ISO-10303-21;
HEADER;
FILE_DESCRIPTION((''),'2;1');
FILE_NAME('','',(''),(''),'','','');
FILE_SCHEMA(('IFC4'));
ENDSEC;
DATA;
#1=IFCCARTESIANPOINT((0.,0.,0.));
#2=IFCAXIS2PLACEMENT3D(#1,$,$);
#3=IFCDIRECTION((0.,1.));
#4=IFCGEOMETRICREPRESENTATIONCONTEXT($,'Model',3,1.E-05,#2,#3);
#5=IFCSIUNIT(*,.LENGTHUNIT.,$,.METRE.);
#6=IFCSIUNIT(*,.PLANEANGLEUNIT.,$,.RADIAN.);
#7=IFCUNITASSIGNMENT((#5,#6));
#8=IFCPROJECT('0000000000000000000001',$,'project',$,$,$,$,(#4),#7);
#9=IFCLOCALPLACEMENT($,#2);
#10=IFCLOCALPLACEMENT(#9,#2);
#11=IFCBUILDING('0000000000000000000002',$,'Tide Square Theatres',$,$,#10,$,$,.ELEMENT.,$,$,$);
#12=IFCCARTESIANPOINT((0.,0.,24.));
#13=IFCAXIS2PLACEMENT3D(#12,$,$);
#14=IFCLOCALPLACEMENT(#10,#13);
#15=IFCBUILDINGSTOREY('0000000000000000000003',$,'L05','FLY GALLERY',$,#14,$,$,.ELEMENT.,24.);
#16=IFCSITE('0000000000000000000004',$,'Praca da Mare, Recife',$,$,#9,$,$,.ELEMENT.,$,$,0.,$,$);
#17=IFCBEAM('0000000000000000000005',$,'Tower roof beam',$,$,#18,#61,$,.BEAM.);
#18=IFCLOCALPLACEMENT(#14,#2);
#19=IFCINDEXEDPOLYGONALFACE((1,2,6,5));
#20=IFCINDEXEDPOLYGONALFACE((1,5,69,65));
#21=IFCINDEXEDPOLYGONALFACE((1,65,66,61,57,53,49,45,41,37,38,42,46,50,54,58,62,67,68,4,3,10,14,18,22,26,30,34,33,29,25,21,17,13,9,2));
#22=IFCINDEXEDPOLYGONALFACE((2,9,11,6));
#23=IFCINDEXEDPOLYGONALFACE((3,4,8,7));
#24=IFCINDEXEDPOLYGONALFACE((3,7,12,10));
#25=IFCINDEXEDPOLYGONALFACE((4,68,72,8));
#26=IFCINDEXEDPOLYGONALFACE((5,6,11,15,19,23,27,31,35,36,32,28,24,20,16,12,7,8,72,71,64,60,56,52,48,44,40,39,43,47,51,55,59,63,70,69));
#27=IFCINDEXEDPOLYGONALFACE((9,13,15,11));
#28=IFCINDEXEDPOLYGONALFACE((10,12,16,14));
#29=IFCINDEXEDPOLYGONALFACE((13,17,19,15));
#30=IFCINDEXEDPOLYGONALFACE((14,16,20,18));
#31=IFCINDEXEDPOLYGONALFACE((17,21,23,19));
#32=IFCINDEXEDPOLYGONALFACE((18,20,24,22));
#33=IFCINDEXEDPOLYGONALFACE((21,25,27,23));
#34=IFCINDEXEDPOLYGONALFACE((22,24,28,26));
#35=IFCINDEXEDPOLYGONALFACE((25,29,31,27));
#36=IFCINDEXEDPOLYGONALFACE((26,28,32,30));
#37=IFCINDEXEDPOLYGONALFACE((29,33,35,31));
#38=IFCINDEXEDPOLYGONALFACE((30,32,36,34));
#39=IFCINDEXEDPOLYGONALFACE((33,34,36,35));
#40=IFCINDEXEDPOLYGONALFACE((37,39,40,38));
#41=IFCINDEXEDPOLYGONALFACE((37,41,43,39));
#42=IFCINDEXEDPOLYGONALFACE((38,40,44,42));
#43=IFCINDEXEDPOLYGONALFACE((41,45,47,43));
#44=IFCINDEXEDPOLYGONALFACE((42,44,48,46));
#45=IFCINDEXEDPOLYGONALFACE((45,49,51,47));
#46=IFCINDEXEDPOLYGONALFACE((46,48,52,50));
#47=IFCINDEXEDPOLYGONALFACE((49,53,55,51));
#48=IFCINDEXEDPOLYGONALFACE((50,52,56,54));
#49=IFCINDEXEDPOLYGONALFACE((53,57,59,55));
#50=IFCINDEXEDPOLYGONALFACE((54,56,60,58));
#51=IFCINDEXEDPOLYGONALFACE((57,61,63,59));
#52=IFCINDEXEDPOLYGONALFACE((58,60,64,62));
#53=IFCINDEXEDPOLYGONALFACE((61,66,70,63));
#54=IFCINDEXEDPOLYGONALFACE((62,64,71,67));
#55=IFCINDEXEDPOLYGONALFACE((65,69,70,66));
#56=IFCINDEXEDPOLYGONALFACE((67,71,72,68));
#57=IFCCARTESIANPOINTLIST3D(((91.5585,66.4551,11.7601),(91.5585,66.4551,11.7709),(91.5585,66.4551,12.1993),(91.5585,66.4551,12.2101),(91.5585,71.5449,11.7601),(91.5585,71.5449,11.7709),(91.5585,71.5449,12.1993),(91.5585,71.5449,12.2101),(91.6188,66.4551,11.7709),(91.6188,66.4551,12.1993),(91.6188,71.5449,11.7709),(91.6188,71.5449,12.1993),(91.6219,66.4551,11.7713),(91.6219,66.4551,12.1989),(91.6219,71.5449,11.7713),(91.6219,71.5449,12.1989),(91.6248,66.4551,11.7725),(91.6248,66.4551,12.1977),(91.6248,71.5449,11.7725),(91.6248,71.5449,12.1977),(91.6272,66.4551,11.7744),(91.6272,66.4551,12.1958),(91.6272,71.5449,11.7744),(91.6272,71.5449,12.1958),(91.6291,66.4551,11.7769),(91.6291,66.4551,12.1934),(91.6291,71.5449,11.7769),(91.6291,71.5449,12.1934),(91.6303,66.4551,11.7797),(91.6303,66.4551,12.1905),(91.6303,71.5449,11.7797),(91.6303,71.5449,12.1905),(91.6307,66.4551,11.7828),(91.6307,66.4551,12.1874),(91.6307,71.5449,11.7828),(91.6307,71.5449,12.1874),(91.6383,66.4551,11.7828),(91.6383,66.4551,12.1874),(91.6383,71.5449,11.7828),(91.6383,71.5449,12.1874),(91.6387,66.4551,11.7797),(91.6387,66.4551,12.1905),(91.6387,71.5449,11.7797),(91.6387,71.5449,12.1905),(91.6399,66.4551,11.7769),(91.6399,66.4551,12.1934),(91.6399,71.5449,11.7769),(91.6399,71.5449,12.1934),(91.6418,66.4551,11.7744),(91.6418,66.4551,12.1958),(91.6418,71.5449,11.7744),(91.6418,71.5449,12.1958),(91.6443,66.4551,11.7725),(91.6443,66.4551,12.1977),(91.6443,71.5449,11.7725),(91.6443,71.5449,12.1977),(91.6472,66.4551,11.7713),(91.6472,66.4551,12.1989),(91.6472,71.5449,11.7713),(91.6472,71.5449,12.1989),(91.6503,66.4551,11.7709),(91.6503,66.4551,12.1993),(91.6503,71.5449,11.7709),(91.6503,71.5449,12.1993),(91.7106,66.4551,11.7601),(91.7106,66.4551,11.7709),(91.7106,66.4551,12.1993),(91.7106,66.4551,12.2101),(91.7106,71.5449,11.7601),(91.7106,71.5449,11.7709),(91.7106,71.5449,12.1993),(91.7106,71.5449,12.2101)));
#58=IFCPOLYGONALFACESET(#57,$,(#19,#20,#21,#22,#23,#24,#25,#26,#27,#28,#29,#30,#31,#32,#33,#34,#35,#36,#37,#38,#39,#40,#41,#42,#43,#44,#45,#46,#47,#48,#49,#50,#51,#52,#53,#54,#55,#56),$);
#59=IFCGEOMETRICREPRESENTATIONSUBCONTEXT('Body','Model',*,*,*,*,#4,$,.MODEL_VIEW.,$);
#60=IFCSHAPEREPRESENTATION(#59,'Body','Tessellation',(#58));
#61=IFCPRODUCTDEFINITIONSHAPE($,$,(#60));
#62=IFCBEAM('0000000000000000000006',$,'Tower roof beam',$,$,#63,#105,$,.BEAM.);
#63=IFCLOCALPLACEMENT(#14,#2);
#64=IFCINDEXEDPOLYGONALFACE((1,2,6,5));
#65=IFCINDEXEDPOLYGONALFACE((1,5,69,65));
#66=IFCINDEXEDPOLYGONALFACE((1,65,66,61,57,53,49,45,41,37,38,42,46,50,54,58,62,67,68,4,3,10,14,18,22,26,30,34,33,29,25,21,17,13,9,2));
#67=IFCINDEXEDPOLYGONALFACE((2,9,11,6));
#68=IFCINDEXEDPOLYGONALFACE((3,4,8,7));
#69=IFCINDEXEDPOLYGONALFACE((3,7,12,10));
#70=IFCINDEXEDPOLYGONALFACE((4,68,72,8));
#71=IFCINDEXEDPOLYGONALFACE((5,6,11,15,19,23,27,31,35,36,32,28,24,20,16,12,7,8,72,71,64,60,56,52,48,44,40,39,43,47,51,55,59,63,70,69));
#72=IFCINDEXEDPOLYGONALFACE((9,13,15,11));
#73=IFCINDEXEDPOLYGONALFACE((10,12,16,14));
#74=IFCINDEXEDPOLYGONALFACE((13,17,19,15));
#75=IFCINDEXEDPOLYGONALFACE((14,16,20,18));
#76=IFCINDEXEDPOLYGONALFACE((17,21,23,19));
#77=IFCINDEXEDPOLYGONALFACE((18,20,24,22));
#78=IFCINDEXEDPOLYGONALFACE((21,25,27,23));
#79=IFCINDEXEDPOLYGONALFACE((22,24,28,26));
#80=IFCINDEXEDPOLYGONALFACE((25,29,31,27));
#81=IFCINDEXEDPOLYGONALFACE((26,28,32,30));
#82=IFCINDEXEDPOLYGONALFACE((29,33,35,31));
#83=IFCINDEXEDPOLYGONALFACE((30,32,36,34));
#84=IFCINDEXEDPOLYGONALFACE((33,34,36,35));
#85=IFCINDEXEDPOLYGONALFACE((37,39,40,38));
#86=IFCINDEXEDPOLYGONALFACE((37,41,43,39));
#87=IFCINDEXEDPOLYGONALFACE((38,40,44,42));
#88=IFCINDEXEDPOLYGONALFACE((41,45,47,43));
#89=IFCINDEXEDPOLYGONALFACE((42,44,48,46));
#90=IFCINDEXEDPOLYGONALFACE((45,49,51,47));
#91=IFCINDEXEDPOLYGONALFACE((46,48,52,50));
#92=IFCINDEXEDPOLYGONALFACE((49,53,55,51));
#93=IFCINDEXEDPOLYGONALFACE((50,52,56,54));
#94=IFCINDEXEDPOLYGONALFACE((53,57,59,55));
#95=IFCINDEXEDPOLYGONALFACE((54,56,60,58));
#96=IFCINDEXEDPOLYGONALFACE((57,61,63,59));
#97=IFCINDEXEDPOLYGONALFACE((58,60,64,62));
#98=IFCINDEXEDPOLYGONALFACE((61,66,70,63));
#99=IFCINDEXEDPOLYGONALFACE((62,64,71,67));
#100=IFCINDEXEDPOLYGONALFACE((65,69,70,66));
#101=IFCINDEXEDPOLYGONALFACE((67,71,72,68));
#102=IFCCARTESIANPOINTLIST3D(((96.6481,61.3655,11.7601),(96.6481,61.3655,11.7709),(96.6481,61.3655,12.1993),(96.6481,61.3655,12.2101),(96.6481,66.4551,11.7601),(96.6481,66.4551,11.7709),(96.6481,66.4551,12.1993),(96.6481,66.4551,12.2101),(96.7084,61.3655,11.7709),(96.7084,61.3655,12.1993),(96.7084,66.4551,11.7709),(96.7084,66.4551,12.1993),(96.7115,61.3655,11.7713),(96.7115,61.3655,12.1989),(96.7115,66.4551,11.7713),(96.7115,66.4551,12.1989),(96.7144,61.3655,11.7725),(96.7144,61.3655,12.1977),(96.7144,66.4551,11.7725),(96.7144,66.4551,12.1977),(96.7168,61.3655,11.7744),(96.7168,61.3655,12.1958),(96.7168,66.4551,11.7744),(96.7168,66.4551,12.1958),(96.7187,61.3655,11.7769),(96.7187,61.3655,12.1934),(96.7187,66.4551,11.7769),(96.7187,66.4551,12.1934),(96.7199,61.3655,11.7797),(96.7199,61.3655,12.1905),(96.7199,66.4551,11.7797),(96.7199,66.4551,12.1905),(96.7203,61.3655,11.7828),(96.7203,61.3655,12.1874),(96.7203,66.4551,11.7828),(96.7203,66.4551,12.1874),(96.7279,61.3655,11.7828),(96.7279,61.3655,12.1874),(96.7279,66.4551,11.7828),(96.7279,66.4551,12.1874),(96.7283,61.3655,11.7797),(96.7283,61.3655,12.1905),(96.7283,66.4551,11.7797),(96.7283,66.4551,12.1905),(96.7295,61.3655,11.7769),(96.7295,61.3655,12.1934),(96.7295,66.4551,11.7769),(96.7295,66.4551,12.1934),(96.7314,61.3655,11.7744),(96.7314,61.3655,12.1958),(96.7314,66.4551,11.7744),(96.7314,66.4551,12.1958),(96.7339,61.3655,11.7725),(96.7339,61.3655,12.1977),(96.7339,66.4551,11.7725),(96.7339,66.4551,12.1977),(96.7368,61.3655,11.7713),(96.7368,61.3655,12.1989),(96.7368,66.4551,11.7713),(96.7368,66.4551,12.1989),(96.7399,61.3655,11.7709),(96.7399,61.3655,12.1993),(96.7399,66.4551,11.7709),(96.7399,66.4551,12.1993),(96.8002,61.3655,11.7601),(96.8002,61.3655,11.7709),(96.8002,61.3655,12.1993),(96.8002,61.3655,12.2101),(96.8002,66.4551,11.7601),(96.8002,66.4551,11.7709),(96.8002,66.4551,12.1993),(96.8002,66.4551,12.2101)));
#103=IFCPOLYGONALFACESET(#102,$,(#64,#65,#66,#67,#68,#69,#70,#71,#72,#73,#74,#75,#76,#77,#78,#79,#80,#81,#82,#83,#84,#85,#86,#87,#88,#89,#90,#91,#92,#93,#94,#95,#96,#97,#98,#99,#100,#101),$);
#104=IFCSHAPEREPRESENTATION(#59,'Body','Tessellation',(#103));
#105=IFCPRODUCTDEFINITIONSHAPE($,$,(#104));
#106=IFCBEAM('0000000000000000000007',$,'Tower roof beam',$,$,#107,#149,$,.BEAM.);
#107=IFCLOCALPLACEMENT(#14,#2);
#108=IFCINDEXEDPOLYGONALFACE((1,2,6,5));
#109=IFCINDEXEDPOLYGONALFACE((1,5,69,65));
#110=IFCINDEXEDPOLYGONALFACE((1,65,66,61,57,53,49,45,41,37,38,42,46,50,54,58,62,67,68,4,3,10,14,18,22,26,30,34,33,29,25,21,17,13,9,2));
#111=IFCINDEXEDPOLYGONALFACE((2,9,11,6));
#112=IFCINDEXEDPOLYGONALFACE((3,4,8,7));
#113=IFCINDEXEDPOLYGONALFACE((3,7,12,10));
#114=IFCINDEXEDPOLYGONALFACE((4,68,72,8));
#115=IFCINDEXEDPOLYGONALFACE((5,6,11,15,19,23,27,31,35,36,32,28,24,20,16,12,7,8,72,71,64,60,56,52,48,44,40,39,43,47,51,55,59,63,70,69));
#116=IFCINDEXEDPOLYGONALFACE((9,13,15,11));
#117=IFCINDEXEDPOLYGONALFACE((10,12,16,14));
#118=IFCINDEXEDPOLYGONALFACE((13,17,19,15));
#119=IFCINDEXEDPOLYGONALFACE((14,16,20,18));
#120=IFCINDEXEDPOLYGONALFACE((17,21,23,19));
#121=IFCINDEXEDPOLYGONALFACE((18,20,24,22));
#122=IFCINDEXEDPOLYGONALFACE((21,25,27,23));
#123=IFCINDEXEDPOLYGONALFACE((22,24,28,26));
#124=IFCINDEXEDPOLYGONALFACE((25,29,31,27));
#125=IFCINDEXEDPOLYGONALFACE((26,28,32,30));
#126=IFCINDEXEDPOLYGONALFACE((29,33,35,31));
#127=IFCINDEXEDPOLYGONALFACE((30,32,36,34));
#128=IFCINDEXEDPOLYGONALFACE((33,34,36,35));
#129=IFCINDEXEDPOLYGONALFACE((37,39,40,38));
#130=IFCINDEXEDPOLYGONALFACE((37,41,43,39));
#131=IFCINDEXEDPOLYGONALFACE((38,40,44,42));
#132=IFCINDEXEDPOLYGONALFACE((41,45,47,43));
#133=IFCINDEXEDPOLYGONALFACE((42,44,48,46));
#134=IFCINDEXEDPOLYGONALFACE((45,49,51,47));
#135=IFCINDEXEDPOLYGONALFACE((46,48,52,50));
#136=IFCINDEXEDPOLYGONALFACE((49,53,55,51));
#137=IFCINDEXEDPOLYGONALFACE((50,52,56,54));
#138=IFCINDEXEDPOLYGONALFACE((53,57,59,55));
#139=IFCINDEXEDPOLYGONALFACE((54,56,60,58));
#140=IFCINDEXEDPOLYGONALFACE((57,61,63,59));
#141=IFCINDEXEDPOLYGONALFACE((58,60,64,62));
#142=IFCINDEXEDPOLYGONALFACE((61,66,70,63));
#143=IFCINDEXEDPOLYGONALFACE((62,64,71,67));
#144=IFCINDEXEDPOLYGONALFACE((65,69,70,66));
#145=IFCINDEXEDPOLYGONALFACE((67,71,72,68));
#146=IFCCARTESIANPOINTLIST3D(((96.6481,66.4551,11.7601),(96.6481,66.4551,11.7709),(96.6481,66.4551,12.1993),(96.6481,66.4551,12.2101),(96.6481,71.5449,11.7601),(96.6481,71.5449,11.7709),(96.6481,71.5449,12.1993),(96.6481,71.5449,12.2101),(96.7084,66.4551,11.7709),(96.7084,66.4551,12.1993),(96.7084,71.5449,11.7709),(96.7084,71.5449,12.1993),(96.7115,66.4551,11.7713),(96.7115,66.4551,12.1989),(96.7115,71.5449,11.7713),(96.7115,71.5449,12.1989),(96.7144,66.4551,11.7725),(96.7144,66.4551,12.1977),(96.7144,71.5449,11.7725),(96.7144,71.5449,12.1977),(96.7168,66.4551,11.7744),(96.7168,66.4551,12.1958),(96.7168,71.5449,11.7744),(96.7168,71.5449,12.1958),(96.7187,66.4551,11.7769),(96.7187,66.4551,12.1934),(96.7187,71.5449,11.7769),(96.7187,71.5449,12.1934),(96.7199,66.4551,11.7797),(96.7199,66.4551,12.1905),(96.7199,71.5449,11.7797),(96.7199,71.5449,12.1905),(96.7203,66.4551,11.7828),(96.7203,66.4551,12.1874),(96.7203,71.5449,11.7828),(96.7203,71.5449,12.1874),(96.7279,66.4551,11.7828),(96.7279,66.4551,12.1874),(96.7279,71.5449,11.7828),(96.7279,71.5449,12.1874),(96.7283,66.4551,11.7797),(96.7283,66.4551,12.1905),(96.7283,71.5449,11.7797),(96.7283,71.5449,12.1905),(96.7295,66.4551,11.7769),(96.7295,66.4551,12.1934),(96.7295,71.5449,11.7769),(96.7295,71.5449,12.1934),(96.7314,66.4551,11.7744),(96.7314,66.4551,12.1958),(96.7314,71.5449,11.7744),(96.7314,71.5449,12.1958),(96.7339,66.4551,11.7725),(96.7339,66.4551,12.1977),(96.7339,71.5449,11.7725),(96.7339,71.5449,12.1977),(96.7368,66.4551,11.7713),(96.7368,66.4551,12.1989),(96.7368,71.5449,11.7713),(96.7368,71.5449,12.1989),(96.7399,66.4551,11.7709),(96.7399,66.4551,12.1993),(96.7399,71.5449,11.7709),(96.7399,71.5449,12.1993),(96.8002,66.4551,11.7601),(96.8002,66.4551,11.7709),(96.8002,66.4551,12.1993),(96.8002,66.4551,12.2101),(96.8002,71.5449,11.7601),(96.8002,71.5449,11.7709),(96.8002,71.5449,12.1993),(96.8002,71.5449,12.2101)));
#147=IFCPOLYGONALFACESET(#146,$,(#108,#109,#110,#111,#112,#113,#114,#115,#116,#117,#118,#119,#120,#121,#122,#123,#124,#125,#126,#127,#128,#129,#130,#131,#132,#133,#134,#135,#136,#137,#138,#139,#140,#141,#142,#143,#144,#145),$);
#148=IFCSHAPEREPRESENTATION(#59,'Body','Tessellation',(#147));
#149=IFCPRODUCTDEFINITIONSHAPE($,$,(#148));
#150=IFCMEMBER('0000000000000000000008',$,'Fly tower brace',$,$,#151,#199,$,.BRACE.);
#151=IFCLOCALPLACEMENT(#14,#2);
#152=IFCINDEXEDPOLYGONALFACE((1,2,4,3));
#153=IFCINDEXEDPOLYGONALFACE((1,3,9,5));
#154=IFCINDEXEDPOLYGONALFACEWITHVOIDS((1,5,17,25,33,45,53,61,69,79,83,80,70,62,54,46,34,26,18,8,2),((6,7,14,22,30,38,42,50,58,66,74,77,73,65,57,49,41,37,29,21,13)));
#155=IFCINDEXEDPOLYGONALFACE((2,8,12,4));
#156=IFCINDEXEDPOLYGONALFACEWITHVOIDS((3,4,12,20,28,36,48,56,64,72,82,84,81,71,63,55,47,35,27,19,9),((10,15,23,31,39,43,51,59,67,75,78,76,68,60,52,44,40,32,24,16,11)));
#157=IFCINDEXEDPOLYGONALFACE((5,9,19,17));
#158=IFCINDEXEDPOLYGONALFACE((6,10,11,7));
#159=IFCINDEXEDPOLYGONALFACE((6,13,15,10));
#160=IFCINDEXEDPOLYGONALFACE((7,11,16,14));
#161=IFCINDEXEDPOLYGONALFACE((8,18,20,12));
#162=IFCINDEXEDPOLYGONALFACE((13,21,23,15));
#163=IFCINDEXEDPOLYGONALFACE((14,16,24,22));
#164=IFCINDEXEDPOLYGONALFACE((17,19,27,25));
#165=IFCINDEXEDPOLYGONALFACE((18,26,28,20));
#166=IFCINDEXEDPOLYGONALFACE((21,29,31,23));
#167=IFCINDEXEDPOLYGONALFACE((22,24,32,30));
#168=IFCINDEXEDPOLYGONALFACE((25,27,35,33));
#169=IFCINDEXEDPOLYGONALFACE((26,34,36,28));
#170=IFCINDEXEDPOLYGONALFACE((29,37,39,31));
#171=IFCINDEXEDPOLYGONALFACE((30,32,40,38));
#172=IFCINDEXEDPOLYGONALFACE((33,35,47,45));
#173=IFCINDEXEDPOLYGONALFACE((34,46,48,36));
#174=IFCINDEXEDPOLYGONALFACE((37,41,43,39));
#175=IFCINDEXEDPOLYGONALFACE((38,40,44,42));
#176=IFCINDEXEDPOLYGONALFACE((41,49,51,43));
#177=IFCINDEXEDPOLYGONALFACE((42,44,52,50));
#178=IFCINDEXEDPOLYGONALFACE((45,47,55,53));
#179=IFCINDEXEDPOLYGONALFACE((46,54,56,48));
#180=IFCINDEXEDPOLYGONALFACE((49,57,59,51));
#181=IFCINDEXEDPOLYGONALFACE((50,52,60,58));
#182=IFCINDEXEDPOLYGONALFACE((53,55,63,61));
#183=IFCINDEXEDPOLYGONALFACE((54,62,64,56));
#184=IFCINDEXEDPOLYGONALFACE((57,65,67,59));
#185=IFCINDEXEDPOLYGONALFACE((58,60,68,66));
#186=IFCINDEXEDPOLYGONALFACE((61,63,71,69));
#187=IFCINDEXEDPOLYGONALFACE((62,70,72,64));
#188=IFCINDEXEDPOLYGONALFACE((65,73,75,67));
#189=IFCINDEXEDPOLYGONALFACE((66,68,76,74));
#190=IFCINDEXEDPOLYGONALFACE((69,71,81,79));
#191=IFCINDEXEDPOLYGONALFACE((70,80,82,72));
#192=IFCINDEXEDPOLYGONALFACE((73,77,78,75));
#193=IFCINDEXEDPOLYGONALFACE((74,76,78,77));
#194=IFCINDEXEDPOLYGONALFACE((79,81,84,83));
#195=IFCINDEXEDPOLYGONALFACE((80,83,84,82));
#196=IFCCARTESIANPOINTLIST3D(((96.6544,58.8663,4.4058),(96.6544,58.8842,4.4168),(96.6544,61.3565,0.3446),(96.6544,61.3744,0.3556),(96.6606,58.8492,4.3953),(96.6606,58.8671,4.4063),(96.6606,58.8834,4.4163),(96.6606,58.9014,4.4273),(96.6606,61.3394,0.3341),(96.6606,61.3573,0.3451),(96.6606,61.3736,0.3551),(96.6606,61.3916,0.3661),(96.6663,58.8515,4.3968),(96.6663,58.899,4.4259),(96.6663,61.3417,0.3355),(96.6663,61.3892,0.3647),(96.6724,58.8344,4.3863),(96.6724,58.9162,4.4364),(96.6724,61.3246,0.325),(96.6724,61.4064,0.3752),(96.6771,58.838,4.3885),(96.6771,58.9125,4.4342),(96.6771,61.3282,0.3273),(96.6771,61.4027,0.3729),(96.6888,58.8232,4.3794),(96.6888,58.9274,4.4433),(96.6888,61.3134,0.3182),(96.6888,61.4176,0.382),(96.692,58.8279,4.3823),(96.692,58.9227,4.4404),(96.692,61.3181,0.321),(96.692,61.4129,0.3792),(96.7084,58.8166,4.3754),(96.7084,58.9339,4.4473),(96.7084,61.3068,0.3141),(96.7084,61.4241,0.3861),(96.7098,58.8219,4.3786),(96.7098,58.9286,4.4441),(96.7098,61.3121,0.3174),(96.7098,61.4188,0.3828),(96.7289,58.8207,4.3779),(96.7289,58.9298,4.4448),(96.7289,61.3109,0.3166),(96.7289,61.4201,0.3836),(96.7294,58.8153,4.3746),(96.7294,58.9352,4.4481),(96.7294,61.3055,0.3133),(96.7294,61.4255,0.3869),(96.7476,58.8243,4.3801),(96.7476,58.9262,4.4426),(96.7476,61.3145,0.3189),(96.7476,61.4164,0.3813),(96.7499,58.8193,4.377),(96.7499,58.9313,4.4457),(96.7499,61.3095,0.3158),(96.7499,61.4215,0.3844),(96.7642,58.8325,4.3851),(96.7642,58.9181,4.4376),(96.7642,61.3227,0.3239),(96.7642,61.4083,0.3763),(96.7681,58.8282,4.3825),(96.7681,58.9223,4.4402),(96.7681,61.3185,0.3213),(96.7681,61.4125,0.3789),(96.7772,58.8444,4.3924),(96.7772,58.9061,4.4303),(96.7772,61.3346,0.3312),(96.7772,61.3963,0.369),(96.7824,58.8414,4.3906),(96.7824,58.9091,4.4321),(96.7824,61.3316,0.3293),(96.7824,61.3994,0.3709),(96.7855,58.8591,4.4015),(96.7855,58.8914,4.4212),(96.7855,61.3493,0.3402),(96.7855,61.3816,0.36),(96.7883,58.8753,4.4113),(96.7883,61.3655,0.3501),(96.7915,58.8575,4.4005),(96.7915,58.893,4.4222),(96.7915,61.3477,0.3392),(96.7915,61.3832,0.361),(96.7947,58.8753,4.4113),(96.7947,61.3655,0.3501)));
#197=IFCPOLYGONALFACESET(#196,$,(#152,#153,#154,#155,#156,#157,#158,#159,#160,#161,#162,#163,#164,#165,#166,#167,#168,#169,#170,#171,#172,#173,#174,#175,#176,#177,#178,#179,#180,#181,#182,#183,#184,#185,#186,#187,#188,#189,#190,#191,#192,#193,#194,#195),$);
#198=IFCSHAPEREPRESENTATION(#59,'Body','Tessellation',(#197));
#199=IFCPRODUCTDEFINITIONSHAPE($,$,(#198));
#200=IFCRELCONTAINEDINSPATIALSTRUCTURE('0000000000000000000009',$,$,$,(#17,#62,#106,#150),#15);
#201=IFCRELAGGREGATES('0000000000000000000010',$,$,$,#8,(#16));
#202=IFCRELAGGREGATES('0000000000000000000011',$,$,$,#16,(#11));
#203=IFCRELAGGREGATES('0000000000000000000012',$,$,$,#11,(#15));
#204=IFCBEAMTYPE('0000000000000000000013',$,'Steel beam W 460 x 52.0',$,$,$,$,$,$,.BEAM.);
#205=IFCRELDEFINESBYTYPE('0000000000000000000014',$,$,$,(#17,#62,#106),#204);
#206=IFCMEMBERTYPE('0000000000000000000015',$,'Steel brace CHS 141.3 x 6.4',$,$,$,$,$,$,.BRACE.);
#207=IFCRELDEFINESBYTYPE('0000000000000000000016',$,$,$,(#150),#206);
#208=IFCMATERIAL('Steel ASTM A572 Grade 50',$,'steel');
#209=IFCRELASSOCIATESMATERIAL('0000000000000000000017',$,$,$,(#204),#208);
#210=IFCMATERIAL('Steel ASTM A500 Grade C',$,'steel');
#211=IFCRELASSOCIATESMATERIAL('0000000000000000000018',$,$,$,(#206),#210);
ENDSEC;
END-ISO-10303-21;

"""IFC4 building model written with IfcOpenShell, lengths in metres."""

from ifc_helpers import new_model, si_unit, direction, frame, origin, origin_2d, place, context, subcontext, project, spatial, hollow_circle, i_section, extrude, material, material_profile, profile_set, type_object, element, save


model = new_model("IFC4")

# Units and contexts
model_context = context("Model", 3, precision=1e-05, world=origin(), true_north=direction((0.0, 1.0)))
body_context = subcontext(model_context, "Body", "Model", "MODEL_VIEW")
ifc_project = project(units=[si_unit("LENGTHUNIT", "METRE"), si_unit("PLANEANGLEUNIT", "RADIAN")], contexts=[model_context])

# Site, building, storey
site_placement = place(None, origin())
site = spatial("IfcSite", under=ifc_project, at=site_placement, Name="Praca da Mare, Recife", CompositionType="ELEMENT", RefElevation=0.0)
building_placement = place(site_placement, origin())
building = spatial("IfcBuilding", under=site, at=building_placement, Name="Tide Square Theatres", CompositionType="ELEMENT")
storey_placement = place(building_placement, frame((0.0, 0.0, 24.0)))
storey = spatial("IfcBuildingStorey", under=building, at=storey_placement, Name="L05", Description="FLY GALLERY", CompositionType="ELEMENT", Elevation=24.0)

# Beams
ifc_material_1 = material(Name="Steel ASTM A572 Grade 50", Category="steel")
ifc_material_profile_1 = material_profile(ifc_material_1, i_section(OverallWidth=0.1521, OverallDepth=0.45, WebThickness=0.0076, FlangeThickness=0.0107, FilletRadius=0.012, at=origin_2d()))
ifc_profile_set_1 = profile_set([ifc_material_profile_1], Name="Steel ASTM A572 Grade 50")
beam_type_1 = type_object("IfcBeamType", Name="Steel beam W 460 x 52.0", PredefinedType="BEAM", material=ifc_profile_set_1)
for number, where, z_axis, x_axis, name in (
    (1, (91.6345, 66.4551, 11.9851), (0.0, 1.0, 0.0), (-1.0, 0.0, 0.0), "Tower roof beam"),
):
    element("IfcBeam", number, at=place(storey_placement, frame(where, z_axis=z_axis, x_axis=x_axis)), inside=storey, type_object=beam_type_1, Name=name, PredefinedType="BEAM", context=body_context, shape_type="SweptSolid", body=[
        extrude(i_section(OverallWidth=0.1521, OverallDepth=0.45, WebThickness=0.0076, FlangeThickness=0.0107, FilletRadius=0.012, at=origin_2d()), origin(), (0.0, 0.0, 1.0), 5.0898),
    ])
beam_1_placement = place(storey_placement, frame((96.7241, 61.3655, 11.9851), z_axis=(0.0, 1.0, 0.0), x_axis=(-1.0, 0.0, 0.0)))
element("IfcBeam", 2, at=beam_1_placement, inside=storey, type_object=beam_type_1, Name="Tower roof beam", PredefinedType="BEAM", context=body_context, shape_type="SweptSolid", body=[
    extrude(i_section(OverallWidth=0.1521, OverallDepth=0.45, WebThickness=0.0076, FlangeThickness=0.0107, FilletRadius=0.012, at=origin_2d()), origin(), (0.0, 0.0, 1.0), 5.0896),
])
beam_2_placement = place(storey_placement, frame((96.7241, 66.4551, 11.9851), z_axis=(0.0, 1.0, 0.0), x_axis=(-1.0, 0.0, 0.0)))
element("IfcBeam", 3, at=beam_2_placement, inside=storey, type_object=beam_type_1, Name="Tower roof beam", PredefinedType="BEAM", context=body_context, shape_type="SweptSolid", body=[
    extrude(i_section(OverallWidth=0.1521, OverallDepth=0.45, WebThickness=0.0076, FlangeThickness=0.0107, FilletRadius=0.012, at=origin_2d()), origin(), (0.0, 0.0, 1.0), 5.0898),
])

# Member
ifc_material_2 = material(Name="Steel ASTM A500 Grade C", Category="steel")
ifc_material_profile_2 = material_profile(ifc_material_2, hollow_circle(Radius=0.0706, WallThickness=0.0063, at=origin_2d()))
ifc_profile_set_2 = profile_set([ifc_material_profile_2], Name="Steel ASTM A500 Grade C")
member_type = type_object("IfcMemberType", Name="Steel brace CHS 141.3 x 6.4", PredefinedType="BRACE", material=ifc_profile_set_2)
member_1_placement = place(storey_placement, frame((96.7241, 61.3655, 0.3501), z_axis=(0.0, -0.522724, 0.852502), x_axis=(1.0, 0.0, 0.0)))
element("IfcMember", 4, at=member_1_placement, inside=storey, type_object=member_type, Name="Fly tower brace", PredefinedType="BRACE", context=body_context, shape_type="SweptSolid", body=[
    extrude(hollow_circle(Radius=0.0706, WallThickness=0.0063, at=origin_2d()), origin(), (0.0, 0.0, 1.0), 4.7639),
])

save(model, "model.ifc")
